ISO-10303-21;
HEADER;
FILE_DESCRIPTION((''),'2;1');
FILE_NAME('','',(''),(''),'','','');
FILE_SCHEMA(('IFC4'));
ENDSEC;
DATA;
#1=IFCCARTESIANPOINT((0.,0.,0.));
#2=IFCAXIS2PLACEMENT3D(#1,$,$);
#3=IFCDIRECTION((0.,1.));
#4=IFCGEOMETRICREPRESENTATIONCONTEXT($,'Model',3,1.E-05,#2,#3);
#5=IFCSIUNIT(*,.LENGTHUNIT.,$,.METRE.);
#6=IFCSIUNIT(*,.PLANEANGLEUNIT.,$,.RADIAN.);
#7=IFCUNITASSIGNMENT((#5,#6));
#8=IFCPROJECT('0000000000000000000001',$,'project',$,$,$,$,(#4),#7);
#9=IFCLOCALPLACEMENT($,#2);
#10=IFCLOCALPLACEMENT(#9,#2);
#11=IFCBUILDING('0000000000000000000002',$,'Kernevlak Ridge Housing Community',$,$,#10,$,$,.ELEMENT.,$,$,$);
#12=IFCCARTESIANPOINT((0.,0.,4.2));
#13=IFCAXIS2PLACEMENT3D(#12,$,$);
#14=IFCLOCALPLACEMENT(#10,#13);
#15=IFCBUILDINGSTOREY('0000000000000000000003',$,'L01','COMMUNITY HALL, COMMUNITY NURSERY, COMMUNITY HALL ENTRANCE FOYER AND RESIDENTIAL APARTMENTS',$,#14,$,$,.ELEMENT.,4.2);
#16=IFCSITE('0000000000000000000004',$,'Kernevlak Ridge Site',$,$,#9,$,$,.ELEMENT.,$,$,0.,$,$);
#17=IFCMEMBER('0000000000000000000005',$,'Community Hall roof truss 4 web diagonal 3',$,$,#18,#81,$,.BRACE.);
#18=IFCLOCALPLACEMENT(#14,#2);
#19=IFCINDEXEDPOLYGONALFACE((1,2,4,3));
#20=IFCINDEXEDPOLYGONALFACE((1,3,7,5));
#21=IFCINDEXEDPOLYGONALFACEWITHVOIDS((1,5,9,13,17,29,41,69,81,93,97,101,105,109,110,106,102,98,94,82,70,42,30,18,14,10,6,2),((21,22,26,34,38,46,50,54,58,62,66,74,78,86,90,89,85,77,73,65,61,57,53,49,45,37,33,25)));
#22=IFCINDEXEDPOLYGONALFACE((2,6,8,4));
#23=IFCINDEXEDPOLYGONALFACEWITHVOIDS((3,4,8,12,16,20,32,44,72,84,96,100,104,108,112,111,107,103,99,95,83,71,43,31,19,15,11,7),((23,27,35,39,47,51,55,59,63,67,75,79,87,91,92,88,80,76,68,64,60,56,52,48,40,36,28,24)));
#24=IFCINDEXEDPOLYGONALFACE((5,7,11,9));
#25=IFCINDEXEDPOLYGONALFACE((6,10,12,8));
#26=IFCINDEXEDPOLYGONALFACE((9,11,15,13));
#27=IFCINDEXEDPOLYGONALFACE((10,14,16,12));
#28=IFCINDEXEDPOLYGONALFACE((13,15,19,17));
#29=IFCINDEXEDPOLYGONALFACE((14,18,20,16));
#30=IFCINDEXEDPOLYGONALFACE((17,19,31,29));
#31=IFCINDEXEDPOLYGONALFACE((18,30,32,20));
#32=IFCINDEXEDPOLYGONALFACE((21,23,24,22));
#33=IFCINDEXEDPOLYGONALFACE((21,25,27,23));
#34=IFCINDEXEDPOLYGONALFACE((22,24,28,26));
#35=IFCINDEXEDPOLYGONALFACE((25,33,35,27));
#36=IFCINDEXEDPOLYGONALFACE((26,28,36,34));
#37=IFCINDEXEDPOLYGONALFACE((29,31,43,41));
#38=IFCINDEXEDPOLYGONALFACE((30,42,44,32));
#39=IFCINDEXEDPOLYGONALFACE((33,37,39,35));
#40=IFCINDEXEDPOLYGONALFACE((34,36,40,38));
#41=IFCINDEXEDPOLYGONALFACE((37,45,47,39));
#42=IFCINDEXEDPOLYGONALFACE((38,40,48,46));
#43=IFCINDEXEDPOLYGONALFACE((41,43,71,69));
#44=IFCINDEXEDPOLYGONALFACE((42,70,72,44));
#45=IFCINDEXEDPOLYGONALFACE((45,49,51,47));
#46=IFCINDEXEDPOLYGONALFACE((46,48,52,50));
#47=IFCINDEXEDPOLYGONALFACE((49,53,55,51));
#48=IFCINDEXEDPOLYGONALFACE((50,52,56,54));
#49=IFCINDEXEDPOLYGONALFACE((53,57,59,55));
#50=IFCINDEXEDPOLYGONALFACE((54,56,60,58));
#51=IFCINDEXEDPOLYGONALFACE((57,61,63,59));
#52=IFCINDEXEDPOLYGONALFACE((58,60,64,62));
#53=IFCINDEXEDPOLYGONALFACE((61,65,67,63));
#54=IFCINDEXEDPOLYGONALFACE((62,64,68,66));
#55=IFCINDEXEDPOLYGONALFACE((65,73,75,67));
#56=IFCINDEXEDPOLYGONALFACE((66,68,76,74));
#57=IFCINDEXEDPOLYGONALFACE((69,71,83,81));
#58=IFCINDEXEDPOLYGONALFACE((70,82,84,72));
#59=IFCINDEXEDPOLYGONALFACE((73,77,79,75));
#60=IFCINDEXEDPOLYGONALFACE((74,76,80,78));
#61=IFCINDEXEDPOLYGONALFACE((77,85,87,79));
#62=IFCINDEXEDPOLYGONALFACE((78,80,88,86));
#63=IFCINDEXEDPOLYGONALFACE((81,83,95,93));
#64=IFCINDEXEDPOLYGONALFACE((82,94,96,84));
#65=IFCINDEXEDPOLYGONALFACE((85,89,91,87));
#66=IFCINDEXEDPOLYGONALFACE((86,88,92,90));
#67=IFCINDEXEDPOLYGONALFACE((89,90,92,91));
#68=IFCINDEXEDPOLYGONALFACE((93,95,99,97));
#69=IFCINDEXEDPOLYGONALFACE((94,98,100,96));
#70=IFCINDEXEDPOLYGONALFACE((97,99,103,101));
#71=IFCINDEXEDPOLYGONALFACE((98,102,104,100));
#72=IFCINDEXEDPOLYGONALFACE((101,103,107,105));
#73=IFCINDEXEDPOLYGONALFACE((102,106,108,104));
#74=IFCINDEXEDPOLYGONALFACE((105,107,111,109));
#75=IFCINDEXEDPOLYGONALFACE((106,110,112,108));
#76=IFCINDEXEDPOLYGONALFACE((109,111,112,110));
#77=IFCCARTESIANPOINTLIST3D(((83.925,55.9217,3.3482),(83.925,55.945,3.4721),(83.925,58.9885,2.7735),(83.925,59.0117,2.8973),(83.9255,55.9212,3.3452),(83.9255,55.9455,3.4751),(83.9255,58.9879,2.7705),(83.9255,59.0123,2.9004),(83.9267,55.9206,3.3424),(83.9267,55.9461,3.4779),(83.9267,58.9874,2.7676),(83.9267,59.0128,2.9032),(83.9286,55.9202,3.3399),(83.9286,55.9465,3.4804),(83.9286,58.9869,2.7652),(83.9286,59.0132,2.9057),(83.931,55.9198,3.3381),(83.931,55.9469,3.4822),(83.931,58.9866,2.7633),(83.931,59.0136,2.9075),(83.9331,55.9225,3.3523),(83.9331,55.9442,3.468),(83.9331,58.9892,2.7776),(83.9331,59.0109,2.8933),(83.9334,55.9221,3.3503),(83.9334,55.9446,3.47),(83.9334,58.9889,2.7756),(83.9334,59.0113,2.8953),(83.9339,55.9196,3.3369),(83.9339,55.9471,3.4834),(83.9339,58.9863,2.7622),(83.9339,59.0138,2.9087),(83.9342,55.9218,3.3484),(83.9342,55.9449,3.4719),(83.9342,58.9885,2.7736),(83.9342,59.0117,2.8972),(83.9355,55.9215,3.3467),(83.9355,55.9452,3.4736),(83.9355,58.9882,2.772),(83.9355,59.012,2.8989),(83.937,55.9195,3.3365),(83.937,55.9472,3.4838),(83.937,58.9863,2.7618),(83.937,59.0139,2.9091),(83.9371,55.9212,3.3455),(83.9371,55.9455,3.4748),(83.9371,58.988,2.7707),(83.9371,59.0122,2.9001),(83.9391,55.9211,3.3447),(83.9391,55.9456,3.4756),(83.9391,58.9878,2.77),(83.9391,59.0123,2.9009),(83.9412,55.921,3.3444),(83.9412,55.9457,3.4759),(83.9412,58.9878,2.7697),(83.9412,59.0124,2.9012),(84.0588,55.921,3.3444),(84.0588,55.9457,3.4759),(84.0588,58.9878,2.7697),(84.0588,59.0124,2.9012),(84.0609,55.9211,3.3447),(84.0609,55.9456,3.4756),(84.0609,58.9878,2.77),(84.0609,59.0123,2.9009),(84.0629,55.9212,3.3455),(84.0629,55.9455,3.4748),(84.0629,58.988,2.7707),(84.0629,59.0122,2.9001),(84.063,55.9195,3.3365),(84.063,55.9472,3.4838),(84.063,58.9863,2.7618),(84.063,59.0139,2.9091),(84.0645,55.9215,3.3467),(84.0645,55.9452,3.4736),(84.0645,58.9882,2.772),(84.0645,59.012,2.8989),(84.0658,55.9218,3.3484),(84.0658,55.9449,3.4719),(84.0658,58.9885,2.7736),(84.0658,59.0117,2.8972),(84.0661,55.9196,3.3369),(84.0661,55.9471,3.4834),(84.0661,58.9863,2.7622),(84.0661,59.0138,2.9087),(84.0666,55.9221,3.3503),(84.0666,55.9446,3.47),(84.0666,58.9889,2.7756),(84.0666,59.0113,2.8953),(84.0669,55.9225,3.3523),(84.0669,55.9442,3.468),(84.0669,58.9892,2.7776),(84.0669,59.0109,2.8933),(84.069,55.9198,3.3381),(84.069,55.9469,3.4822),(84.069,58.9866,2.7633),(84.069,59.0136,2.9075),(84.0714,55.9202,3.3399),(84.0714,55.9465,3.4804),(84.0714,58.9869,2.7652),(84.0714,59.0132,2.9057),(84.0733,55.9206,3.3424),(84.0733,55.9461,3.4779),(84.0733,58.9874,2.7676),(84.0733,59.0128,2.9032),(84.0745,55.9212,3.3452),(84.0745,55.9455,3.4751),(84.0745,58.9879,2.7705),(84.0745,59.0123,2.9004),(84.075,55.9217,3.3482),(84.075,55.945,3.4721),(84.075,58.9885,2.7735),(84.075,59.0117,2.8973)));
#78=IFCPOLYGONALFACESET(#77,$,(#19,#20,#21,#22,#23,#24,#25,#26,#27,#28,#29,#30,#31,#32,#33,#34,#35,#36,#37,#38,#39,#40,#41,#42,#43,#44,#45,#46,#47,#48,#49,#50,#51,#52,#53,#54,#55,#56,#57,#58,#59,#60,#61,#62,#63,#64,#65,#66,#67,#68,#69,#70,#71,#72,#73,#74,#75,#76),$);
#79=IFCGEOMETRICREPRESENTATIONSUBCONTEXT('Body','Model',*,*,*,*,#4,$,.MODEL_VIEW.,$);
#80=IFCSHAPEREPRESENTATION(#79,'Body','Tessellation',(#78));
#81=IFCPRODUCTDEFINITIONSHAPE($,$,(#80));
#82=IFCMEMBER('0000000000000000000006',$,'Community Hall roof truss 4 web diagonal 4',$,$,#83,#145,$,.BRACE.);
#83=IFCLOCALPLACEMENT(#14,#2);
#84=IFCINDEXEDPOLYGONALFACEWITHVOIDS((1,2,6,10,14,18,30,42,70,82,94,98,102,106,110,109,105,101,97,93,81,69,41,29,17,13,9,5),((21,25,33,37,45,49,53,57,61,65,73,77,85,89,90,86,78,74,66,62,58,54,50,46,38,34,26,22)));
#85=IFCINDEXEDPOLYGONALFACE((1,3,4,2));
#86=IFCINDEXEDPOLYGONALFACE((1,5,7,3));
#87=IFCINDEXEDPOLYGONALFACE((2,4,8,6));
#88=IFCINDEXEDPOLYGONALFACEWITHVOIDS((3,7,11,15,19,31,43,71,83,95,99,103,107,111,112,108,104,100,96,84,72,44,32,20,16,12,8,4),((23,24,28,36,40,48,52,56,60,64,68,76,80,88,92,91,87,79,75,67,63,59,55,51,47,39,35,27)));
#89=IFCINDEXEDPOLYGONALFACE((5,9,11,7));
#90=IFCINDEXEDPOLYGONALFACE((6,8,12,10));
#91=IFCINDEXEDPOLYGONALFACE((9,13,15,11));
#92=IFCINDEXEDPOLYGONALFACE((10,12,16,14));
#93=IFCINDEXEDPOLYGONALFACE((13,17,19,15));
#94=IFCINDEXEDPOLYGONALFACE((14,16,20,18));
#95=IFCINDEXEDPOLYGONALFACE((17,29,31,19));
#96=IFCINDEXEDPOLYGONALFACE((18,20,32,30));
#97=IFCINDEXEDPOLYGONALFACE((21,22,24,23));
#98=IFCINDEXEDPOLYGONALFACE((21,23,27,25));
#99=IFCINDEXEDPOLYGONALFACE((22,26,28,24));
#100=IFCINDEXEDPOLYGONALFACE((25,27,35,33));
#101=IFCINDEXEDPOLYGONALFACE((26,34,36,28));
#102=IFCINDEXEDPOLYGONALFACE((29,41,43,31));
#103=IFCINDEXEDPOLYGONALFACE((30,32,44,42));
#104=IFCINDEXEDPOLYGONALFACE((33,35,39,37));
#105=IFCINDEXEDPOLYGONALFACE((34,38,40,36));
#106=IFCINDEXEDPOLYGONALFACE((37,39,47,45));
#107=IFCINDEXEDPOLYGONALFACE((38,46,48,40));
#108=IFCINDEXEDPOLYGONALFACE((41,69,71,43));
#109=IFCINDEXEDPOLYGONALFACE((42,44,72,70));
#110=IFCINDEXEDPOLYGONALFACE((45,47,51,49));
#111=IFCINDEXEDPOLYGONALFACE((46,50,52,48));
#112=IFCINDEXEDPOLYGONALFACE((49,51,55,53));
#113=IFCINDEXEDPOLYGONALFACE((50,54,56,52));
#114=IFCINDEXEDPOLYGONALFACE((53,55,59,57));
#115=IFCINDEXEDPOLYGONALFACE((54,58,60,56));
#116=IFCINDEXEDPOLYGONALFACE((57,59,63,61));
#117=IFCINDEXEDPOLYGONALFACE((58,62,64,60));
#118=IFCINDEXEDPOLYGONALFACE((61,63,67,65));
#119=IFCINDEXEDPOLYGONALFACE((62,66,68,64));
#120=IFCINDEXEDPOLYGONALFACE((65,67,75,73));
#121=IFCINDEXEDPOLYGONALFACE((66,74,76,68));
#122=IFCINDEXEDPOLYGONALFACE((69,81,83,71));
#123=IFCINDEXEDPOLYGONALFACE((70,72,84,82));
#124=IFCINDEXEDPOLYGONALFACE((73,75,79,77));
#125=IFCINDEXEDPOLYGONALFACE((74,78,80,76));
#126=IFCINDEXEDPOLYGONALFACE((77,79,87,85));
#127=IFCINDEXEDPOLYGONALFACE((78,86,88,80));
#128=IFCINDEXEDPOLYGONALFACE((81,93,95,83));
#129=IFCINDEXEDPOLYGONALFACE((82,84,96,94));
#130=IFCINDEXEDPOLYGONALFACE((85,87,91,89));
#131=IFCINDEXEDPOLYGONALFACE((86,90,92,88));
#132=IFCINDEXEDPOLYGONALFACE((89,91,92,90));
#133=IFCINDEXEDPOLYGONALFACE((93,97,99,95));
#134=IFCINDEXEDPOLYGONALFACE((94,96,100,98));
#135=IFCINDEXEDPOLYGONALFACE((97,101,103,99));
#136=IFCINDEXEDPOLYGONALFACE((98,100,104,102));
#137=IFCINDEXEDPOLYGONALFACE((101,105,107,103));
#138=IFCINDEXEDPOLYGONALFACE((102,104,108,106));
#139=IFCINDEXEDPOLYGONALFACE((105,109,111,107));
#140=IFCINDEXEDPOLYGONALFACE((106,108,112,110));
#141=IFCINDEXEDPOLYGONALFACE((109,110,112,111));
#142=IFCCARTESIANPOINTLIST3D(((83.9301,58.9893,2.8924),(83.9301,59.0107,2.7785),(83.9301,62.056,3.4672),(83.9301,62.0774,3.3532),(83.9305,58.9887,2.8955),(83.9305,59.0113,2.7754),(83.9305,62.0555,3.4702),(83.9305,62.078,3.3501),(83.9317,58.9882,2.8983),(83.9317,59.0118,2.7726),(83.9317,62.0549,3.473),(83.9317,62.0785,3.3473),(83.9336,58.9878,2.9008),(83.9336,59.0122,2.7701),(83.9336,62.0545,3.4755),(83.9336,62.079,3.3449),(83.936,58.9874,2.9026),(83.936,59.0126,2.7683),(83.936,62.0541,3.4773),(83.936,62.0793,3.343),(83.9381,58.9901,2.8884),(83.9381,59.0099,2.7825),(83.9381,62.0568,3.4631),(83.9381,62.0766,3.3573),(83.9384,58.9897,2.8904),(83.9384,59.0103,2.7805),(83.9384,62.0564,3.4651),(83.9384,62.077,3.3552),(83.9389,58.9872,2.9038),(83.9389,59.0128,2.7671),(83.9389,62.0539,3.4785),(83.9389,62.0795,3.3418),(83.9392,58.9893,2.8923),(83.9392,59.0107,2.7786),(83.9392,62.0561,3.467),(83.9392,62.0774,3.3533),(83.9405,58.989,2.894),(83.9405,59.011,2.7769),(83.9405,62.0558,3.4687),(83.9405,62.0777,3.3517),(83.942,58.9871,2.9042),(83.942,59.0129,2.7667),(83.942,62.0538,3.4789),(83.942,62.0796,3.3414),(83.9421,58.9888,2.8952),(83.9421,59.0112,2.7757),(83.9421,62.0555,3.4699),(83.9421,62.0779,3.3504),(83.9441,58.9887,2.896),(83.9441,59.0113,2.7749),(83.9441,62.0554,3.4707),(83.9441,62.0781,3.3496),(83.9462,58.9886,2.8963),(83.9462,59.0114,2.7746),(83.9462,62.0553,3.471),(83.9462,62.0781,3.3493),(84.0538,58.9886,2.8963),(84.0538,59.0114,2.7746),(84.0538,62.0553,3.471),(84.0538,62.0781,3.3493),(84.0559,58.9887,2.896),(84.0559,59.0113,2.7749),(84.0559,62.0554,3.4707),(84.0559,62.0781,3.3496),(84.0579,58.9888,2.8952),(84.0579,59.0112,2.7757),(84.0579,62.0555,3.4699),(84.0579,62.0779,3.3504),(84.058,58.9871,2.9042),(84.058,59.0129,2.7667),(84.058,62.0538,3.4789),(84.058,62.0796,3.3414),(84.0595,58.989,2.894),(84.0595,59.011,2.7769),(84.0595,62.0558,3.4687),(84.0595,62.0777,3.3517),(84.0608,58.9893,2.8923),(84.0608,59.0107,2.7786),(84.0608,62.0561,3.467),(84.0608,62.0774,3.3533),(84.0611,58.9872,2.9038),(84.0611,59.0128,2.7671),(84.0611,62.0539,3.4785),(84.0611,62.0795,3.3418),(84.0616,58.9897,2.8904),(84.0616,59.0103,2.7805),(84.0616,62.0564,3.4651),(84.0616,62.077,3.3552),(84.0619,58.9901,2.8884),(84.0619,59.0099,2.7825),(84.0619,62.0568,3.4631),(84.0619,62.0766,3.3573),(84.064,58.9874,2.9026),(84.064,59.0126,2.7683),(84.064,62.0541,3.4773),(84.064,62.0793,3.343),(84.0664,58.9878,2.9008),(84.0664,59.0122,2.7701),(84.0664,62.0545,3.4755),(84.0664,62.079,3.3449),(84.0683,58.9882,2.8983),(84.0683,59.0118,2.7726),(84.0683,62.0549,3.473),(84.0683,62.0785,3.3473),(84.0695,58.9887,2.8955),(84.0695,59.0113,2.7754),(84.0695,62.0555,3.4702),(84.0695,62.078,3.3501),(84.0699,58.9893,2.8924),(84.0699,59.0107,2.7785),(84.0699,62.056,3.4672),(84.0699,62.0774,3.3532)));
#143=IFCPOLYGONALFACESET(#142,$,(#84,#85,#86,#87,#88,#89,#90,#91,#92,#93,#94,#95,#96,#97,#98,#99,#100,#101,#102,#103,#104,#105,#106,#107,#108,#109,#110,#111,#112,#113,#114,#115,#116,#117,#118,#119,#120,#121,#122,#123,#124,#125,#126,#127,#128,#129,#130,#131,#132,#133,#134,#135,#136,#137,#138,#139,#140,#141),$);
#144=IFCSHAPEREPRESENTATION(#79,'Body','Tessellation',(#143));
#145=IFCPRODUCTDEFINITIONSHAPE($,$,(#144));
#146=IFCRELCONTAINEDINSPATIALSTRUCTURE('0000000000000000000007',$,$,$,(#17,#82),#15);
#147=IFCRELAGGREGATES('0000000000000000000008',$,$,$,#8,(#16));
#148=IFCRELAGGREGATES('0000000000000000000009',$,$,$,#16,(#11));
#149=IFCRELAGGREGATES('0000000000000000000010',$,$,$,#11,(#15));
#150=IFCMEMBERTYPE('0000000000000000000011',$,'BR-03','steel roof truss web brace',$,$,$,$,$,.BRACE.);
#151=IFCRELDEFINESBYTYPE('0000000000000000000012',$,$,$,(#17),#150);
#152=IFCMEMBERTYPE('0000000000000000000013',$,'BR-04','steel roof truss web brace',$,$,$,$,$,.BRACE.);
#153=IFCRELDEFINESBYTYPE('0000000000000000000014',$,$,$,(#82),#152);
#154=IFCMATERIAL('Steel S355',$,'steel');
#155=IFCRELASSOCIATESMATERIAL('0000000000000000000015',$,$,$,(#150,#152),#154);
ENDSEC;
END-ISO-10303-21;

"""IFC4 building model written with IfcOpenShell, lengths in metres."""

from ifc_helpers import new_model, si_unit, direction, frame, origin, origin_2d, place, context, subcontext, project, spatial, hollow_rectangle, extrude, material, material_profile, profile_set, type_object, element, save


model = new_model("IFC4")

# Units and contexts
model_context = context("Model", 3, precision=1e-05, world=origin(), true_north=direction((0.0, 1.0)))
body_context = subcontext(model_context, "Body", "Model", "MODEL_VIEW")
ifc_project = project(units=[si_unit("LENGTHUNIT", "METRE"), si_unit("PLANEANGLEUNIT", "RADIAN")], contexts=[model_context])

# Site, building, storey
site_placement = place(None, origin())
site = spatial("IfcSite", under=ifc_project, at=site_placement, Name="Kernevlak Ridge Site", CompositionType="ELEMENT", RefElevation=0.0)
building_placement = place(site_placement, origin())
building = spatial("IfcBuilding", under=site, at=building_placement, Name="Kernevlak Ridge Housing Community", CompositionType="ELEMENT")
storey_placement = place(building_placement, frame((0.0, 0.0, 4.2)))
storey = spatial("IfcBuildingStorey", under=building, at=storey_placement, Name="L01", Description="COMMUNITY HALL, COMMUNITY NURSERY, COMMUNITY HALL ENTRANCE FOYER AND RESIDENTIAL APARTMENTS", CompositionType="ELEMENT", Elevation=4.2)

# Members
ifc_material = material(Name="Steel S355", Category="steel")
ifc_material_profile_1 = material_profile(ifc_material, hollow_rectangle(XDim=0.1499, YDim=0.1499, WallThickness=0.0081, InnerFilletRadius=0.0081, OuterFilletRadius=0.012, at=origin_2d()), Name="SHS 150x150x8")
ifc_profile_set_1 = profile_set([ifc_material_profile_1], Name="Steel S355")
member_type_1 = type_object("IfcMemberType", Name="BR-03", Description="steel roof truss web brace", PredefinedType="BRACE", material=ifc_profile_set_1)
member_1_placement = place(storey_placement, frame((84.0, 55.9333, 3.4102), z_axis=(0.0, 0.982889, -0.184199), x_axis=(-1.0, 0.0, 0.0)))
element("IfcMember", 1, at=member_1_placement, inside=storey, type_object=member_type_1, Name="Community Hall roof truss 4 web diagonal 3", PredefinedType="BRACE", context=body_context, shape_type="SweptSolid", body=[
    extrude(hollow_rectangle(XDim=0.1499, YDim=0.1499, WallThickness=0.0081, InnerFilletRadius=0.0081, OuterFilletRadius=0.012, at=origin_2d()), origin(), (0.0, 0.0, 1.0), 3.1201),
])
ifc_material_profile_2 = material_profile(ifc_material, hollow_rectangle(XDim=0.1399, YDim=0.1399, WallThickness=0.0081, InnerFilletRadius=0.0081, OuterFilletRadius=0.012, at=origin_2d()), Name="SHS 140x140x8")
ifc_profile_set_2 = profile_set([ifc_material_profile_2], Name="Steel S355")
member_type_2 = type_object("IfcMemberType", Name="BR-04", Description="steel roof truss web brace", PredefinedType="BRACE", material=ifc_profile_set_2)
member_2_placement = place(storey_placement, frame((84.0, 59.0, 2.8354), z_axis=(0.0, 0.982889, 0.184199), x_axis=(-1.0, 0.0, 0.0)))
element("IfcMember", 2, at=member_2_placement, inside=storey, type_object=member_type_2, Name="Community Hall roof truss 4 web diagonal 4", PredefinedType="BRACE", context=body_context, shape_type="SweptSolid", body=[
    extrude(hollow_rectangle(XDim=0.1399, YDim=0.1399, WallThickness=0.0081, InnerFilletRadius=0.0081, OuterFilletRadius=0.012, at=origin_2d()), origin(), (0.0, 0.0, 1.0), 3.1201),
])

save(model, "model.ifc")
